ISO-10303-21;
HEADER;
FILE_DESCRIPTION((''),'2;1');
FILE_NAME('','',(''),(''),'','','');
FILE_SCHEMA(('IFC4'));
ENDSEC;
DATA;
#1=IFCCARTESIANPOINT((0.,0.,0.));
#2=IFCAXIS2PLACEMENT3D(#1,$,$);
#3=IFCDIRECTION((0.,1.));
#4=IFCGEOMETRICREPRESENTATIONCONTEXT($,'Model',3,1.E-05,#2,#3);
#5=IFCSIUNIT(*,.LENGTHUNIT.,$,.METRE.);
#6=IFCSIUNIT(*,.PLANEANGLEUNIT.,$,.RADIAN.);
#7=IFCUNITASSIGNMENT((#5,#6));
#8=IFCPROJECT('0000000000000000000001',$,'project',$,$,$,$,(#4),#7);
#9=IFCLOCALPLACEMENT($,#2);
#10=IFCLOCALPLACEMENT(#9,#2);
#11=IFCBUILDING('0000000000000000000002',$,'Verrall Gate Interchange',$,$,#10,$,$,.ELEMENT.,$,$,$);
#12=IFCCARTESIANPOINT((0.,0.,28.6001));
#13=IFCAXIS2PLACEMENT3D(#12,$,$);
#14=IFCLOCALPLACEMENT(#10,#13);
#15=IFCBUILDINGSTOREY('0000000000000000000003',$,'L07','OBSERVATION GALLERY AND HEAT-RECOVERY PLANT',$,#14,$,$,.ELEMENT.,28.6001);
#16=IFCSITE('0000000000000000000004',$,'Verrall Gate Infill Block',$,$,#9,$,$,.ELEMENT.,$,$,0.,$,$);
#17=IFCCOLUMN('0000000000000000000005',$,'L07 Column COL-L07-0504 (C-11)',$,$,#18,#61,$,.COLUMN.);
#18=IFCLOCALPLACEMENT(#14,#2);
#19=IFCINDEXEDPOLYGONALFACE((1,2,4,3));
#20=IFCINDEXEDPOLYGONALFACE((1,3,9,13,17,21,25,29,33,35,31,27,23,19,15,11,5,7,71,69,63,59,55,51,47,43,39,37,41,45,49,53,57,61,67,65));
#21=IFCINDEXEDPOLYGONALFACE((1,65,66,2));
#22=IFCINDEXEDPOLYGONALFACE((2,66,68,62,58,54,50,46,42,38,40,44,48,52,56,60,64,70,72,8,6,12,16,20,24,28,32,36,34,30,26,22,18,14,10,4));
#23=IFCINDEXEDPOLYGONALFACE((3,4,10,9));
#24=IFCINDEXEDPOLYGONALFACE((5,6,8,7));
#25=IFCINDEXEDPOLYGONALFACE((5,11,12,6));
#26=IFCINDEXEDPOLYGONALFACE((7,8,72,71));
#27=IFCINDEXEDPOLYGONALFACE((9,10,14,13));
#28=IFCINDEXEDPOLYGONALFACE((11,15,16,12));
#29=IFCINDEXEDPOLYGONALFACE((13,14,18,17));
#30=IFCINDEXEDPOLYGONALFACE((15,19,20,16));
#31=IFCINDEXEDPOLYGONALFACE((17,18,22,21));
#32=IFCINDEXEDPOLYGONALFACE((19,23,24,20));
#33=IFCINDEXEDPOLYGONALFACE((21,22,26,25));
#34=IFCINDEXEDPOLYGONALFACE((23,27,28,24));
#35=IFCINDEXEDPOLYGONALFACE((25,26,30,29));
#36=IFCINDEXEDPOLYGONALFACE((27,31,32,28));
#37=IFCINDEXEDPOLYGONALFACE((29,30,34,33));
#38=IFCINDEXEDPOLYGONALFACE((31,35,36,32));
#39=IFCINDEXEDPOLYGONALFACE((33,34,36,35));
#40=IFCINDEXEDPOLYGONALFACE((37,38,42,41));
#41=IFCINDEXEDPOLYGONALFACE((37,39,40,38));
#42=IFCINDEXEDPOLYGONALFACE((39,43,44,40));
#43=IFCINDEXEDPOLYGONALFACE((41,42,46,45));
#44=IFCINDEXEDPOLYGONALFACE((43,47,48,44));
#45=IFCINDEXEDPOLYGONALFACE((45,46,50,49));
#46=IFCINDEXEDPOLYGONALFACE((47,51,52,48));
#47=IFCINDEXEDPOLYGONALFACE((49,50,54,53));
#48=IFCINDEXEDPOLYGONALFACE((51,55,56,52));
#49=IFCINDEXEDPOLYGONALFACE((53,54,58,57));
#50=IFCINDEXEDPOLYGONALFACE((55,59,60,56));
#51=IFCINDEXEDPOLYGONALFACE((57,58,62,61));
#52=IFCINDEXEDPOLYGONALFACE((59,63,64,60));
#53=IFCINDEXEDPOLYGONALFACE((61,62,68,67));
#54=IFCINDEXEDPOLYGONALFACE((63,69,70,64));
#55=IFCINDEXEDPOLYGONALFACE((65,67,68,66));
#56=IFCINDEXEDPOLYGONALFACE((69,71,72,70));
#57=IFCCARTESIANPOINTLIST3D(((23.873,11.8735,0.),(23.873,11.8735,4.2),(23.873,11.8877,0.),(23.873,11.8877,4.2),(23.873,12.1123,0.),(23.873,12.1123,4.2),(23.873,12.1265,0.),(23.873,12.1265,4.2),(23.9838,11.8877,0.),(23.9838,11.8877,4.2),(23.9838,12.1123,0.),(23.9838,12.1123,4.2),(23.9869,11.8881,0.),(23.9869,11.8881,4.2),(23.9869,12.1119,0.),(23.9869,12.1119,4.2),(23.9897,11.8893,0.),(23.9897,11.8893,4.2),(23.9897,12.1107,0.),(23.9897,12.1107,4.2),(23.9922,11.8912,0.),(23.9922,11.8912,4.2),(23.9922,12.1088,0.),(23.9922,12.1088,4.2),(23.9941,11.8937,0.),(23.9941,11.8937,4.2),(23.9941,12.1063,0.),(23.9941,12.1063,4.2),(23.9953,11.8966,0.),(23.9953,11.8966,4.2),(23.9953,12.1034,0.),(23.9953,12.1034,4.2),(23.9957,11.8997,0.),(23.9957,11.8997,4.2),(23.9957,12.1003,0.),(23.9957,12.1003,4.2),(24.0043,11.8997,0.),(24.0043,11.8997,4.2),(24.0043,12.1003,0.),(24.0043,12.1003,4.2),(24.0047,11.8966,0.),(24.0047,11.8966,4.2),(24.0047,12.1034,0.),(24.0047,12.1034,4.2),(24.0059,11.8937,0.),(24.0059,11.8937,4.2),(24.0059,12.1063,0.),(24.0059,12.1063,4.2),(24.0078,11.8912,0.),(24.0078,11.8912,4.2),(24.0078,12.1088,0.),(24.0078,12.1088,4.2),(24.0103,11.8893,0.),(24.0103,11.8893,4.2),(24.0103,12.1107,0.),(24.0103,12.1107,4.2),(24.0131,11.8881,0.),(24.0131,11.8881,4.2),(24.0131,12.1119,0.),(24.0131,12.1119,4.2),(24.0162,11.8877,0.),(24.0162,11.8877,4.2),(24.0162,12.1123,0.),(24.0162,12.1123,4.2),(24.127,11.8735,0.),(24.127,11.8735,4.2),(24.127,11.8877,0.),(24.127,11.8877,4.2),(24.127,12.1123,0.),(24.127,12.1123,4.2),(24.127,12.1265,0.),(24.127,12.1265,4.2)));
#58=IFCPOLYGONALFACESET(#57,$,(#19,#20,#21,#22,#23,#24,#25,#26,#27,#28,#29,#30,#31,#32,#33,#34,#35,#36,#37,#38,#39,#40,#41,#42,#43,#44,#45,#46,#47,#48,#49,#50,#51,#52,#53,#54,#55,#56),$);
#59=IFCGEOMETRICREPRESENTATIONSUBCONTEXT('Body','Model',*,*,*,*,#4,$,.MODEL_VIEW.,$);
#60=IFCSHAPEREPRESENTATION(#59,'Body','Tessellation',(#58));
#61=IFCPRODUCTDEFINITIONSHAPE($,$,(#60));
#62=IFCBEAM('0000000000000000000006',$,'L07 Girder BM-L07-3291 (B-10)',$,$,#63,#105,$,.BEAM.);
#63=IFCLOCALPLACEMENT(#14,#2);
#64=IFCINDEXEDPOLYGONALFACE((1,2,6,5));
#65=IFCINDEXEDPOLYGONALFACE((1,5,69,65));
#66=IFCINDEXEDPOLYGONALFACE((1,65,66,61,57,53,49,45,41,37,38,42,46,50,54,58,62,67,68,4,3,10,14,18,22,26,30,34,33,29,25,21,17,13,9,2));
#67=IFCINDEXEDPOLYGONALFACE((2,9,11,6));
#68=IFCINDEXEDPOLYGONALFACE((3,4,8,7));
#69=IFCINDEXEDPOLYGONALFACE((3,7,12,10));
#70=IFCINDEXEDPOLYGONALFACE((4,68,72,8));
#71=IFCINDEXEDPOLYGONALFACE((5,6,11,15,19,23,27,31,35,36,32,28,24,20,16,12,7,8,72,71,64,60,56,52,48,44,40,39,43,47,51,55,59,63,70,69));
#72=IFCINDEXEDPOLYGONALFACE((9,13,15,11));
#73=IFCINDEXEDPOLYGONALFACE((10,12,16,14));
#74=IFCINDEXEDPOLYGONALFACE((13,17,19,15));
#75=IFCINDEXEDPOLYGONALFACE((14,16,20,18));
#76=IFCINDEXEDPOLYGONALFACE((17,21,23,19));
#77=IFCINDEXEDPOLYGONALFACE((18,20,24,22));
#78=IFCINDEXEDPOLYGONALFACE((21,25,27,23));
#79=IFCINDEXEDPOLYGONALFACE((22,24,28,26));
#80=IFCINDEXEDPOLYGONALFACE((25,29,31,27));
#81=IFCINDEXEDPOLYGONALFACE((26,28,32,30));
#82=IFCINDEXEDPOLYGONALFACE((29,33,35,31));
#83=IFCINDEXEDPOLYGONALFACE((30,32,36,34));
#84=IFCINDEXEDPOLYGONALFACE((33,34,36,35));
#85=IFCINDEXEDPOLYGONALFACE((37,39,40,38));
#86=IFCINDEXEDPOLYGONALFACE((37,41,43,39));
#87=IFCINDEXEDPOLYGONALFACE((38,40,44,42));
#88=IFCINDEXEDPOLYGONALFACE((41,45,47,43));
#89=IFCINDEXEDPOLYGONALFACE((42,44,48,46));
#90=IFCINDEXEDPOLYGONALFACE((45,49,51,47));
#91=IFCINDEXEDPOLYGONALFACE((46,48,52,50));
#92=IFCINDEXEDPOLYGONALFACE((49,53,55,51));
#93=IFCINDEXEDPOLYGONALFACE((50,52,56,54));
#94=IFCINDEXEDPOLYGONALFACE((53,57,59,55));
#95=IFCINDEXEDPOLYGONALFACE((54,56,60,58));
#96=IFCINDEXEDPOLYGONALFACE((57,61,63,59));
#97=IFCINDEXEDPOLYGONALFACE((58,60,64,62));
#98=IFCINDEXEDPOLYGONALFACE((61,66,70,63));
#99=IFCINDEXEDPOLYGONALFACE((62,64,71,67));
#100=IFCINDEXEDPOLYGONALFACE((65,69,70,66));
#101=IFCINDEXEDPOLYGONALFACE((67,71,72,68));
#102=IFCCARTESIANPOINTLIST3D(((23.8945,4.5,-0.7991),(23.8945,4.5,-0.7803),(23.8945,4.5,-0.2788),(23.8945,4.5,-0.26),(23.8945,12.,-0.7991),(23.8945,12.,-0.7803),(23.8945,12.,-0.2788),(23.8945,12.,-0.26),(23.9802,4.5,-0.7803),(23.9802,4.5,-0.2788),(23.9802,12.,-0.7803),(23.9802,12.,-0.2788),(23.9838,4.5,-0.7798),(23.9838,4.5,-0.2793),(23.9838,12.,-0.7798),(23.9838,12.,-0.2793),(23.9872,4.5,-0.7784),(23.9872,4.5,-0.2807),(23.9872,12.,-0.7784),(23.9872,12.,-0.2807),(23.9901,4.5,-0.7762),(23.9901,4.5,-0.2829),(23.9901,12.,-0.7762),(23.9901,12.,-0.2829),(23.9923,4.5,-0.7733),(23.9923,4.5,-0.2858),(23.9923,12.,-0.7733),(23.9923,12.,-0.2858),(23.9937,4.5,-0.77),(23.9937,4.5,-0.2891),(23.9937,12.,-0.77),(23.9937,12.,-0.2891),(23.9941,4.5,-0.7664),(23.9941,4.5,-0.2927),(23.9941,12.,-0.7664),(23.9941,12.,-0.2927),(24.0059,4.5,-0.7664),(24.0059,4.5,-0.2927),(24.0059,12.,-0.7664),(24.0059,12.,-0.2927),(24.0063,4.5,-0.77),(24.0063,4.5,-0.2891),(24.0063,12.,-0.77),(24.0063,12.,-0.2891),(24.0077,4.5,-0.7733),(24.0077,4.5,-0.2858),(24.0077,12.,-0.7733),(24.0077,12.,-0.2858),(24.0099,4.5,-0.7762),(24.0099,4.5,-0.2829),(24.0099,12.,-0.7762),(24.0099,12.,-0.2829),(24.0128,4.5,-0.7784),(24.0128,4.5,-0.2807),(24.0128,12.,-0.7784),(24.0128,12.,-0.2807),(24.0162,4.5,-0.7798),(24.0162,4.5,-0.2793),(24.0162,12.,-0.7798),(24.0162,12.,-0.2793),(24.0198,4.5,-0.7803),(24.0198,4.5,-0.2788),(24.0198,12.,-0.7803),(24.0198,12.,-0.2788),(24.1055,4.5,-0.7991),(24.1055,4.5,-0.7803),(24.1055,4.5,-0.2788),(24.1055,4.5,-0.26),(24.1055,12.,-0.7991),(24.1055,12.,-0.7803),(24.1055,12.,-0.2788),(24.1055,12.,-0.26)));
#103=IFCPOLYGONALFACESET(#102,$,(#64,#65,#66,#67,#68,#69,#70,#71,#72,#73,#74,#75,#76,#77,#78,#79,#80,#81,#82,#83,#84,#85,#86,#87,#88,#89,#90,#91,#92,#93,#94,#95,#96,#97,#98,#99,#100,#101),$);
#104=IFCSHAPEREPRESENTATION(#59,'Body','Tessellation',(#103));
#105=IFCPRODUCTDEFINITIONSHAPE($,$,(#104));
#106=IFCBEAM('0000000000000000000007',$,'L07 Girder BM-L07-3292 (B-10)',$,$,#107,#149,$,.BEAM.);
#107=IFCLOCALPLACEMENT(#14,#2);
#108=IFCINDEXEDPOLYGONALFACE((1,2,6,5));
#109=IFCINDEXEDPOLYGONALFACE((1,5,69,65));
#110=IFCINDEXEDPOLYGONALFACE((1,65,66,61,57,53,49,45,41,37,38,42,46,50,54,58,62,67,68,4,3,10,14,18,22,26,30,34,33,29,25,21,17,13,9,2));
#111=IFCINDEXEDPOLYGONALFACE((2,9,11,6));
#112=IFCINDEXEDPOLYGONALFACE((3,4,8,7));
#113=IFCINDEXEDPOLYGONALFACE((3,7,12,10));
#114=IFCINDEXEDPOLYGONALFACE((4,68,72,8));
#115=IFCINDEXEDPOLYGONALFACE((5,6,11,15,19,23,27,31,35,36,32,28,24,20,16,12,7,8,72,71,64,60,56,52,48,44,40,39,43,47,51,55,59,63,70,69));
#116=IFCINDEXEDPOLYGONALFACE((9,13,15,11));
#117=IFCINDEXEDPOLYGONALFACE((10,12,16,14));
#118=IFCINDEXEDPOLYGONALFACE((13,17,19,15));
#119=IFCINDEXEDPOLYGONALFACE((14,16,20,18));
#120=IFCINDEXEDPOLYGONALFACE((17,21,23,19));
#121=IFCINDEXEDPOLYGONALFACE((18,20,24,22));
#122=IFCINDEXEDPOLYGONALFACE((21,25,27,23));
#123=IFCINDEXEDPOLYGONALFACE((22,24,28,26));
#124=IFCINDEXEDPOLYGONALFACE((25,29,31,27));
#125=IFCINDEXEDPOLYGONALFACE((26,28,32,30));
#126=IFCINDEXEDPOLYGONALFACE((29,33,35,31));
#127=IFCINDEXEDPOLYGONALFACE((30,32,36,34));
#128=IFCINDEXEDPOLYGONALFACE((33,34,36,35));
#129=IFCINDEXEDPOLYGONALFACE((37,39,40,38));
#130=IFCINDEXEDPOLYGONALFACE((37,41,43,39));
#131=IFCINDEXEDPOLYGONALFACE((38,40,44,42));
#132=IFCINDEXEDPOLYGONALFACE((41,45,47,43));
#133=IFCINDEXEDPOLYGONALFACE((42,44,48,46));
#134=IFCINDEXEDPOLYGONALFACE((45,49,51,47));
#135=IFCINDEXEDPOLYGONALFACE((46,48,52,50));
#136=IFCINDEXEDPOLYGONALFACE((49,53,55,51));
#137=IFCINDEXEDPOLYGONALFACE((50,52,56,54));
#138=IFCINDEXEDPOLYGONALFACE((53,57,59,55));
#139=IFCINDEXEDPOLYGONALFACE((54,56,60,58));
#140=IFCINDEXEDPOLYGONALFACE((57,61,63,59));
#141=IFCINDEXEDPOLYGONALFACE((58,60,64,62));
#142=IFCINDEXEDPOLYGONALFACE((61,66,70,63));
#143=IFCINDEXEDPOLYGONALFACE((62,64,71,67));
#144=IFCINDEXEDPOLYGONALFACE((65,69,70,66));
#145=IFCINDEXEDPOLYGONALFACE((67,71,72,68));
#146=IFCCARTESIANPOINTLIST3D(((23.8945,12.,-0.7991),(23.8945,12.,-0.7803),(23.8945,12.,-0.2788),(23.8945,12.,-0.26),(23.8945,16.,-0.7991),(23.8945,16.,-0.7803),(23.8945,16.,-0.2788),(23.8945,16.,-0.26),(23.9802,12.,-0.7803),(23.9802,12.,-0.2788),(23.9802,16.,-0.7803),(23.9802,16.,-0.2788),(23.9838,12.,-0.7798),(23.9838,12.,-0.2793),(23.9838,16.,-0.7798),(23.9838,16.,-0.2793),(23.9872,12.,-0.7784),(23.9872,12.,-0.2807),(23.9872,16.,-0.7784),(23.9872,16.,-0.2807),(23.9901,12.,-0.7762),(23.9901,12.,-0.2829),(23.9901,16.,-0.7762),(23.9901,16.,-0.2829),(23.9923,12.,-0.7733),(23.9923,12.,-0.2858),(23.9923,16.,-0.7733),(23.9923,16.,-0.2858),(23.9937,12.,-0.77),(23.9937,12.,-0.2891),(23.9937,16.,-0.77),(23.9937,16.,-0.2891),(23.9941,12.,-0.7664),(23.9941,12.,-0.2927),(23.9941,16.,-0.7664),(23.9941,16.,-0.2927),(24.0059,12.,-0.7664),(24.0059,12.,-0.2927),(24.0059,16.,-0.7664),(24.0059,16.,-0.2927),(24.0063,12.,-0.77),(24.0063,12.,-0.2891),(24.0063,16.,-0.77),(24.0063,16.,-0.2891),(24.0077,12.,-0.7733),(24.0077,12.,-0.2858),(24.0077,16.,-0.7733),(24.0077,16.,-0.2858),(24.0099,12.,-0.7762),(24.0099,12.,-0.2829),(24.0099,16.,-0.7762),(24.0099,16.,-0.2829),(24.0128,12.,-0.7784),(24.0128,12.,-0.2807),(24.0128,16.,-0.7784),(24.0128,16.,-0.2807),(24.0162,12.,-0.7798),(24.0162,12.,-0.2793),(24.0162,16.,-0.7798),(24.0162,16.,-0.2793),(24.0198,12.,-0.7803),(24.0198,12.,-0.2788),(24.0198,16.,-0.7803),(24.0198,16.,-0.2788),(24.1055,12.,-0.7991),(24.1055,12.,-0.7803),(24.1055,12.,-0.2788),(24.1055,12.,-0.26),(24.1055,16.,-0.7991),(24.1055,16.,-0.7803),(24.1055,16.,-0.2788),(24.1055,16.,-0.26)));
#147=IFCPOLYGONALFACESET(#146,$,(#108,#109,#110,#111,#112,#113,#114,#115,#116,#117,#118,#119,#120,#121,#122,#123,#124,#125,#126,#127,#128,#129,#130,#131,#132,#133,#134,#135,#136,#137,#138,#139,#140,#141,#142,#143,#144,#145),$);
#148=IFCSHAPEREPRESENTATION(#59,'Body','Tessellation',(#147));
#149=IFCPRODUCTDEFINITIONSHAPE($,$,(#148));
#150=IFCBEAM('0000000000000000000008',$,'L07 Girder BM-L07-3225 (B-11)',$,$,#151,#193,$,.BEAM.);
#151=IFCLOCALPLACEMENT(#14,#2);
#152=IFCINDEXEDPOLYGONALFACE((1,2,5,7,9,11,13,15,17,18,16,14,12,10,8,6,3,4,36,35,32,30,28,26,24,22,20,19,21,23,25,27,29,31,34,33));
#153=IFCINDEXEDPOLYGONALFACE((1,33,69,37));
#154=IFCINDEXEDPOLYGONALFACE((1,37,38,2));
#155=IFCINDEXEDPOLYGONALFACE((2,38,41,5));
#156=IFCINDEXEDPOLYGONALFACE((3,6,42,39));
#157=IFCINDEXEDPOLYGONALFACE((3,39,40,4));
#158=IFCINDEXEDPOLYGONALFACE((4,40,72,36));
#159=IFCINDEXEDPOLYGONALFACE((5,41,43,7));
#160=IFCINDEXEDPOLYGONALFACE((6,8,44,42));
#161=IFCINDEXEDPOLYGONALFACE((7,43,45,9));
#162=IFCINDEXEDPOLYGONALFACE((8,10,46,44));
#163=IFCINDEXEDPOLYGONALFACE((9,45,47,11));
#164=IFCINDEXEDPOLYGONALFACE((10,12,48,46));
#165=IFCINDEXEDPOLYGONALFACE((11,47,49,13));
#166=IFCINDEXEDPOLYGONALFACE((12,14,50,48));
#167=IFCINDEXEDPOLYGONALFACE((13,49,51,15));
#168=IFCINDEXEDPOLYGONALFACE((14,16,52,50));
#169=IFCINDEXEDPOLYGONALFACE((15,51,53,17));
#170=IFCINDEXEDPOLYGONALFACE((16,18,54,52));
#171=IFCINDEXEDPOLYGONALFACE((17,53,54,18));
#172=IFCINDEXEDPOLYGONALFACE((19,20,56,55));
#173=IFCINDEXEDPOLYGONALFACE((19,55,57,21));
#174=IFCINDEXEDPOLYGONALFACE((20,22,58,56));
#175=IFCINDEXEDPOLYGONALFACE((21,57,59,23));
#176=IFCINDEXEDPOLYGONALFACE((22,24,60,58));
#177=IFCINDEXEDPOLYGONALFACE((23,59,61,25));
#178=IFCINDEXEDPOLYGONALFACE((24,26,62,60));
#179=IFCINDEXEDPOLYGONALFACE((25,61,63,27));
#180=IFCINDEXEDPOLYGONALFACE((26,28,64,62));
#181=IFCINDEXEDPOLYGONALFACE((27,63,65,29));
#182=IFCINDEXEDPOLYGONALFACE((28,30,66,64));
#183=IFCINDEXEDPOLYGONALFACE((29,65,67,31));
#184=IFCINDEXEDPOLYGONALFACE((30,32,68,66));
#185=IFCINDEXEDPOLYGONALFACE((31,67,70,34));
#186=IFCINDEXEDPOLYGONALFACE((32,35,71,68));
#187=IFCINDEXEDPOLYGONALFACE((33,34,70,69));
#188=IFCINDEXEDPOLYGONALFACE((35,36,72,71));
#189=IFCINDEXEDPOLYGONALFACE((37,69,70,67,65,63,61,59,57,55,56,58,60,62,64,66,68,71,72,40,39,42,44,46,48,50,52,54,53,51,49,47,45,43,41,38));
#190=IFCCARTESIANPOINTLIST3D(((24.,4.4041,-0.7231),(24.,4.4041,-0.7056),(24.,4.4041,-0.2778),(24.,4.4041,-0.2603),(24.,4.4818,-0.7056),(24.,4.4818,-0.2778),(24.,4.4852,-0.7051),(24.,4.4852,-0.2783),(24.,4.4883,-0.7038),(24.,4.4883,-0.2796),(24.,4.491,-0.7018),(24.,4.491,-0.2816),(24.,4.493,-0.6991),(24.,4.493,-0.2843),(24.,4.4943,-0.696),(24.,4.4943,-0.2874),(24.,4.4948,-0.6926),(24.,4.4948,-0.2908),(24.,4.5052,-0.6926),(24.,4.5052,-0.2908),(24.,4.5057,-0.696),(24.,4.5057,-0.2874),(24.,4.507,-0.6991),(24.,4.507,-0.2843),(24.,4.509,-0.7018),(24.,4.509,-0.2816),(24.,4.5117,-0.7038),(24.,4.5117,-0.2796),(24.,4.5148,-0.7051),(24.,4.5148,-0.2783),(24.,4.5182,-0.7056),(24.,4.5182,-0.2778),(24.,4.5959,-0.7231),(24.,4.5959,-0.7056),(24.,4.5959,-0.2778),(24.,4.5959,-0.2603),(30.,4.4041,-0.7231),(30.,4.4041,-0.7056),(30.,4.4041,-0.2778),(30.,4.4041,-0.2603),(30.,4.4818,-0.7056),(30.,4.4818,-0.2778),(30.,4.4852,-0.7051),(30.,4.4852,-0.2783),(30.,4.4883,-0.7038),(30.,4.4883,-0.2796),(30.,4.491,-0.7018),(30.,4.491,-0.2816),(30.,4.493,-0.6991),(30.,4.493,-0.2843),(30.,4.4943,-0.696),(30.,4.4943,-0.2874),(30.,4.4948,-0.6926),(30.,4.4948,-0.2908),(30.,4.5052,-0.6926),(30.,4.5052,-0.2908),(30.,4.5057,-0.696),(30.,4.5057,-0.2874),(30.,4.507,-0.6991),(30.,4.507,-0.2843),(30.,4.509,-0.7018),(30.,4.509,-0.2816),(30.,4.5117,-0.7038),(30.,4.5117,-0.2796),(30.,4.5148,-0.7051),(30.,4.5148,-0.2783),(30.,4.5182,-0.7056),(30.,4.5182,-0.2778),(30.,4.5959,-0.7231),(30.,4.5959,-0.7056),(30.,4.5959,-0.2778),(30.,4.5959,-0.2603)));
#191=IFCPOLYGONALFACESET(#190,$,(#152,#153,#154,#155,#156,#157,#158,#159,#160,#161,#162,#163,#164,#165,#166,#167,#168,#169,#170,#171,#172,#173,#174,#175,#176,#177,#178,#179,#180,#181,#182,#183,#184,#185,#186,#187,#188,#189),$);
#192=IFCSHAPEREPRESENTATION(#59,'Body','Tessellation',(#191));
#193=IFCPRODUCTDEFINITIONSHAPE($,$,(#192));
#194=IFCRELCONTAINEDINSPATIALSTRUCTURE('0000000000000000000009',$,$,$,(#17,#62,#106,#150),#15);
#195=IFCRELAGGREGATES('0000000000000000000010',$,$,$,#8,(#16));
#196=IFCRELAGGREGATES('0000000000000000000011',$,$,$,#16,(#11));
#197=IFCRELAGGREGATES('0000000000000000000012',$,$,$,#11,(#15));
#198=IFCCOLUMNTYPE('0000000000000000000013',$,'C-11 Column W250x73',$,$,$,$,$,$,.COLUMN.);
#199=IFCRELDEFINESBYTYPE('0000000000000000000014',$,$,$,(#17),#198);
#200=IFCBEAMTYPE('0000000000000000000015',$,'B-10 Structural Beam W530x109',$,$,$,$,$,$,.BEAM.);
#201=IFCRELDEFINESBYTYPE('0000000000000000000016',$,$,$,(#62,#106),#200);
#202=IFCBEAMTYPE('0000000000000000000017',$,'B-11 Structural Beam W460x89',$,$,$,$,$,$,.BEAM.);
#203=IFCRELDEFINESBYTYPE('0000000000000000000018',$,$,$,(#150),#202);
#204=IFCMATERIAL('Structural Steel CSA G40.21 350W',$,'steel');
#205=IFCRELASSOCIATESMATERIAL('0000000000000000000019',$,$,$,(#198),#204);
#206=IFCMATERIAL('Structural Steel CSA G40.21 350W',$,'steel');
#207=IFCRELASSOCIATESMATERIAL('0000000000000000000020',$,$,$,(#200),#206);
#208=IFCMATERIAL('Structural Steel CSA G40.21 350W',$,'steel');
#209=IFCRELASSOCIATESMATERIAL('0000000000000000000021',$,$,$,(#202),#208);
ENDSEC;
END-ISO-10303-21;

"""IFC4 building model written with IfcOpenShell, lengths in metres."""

from ifc_helpers import new_model, si_unit, direction, frame, origin, origin_2d, place, context, subcontext, project, spatial, i_section, extrude, material, material_profile, profile_set, type_object, element, save


model = new_model("IFC4")

# Units and contexts
model_context = context("Model", 3, precision=1e-05, world=origin(), true_north=direction((0.0, 1.0)))
body_context = subcontext(model_context, "Body", "Model", "MODEL_VIEW")
ifc_project = project(units=[si_unit("LENGTHUNIT", "METRE"), si_unit("PLANEANGLEUNIT", "RADIAN")], contexts=[model_context])

# Site, building, storey
site_placement = place(None, origin())
site = spatial("IfcSite", under=ifc_project, at=site_placement, Name="Verrall Gate Infill Block", CompositionType="ELEMENT", RefElevation=0.0)
building_placement = place(site_placement, origin())
building = spatial("IfcBuilding", under=site, at=building_placement, Name="Verrall Gate Interchange", CompositionType="ELEMENT")
storey_placement = place(building_placement, frame((0.0, 0.0, 28.6001)))
storey = spatial("IfcBuildingStorey", under=building, at=storey_placement, Name="L07", Description="OBSERVATION GALLERY AND HEAT-RECOVERY PLANT", CompositionType="ELEMENT", Elevation=28.6001)

# Column
ifc_material_1 = material(Name="Structural Steel CSA G40.21 350W", Category="steel")
ifc_material_profile_1 = material_profile(ifc_material_1, i_section(OverallWidth=0.2539, OverallDepth=0.2529, WebThickness=0.0085, FlangeThickness=0.0142, FilletRadius=0.012, at=origin_2d()), Name="W250x73")
ifc_profile_set_1 = profile_set([ifc_material_profile_1], Name="Structural Steel CSA G40.21 350W")
column_type = type_object("IfcColumnType", Name="C-11 Column W250x73", PredefinedType="COLUMN", material=ifc_profile_set_1)
column_placement = place(storey_placement, frame((24.0, 12.0, 0.0), z_axis=(0.0, 0.0, 1.0), x_axis=(1.0, 0.0, 0.0)))
element("IfcColumn", 1, at=column_placement, inside=storey, type_object=column_type, Name="L07 Column COL-L07-0504 (C-11)", PredefinedType="COLUMN", context=body_context, shape_type="SweptSolid", body=[
    extrude(i_section(OverallWidth=0.2539, OverallDepth=0.2529, WebThickness=0.0085, FlangeThickness=0.0142, FilletRadius=0.012, at=origin_2d()), origin(), (0.0, 0.0, 1.0), 4.2),
])

# Beams
ifc_material_2 = material(Name="Structural Steel CSA G40.21 350W", Category="steel")
ifc_material_profile_2 = material_profile(ifc_material_2, i_section(OverallWidth=0.2109, OverallDepth=0.5391, WebThickness=0.0117, FlangeThickness=0.0188, FilletRadius=0.0139, at=origin_2d()), Name="W530x109")
ifc_profile_set_2 = profile_set([ifc_material_profile_2], Name="Structural Steel CSA G40.21 350W")
beam_type_1 = type_object("IfcBeamType", Name="B-10 Structural Beam W530x109", PredefinedType="BEAM", material=ifc_profile_set_2)
beam_1_placement = place(storey_placement, frame((24.0, 4.5, -0.5295), z_axis=(0.0, 1.0, 0.0), x_axis=(-1.0, 0.0, 0.0)))
element("IfcBeam", 2, at=beam_1_placement, inside=storey, type_object=beam_type_1, Name="L07 Girder BM-L07-3291 (B-10)", PredefinedType="BEAM", context=body_context, shape_type="SweptSolid", body=[
    extrude(i_section(OverallWidth=0.2109, OverallDepth=0.5391, WebThickness=0.0117, FlangeThickness=0.0188, FilletRadius=0.0139, at=origin_2d()), origin(), (0.0, 0.0, 1.0), 7.5),
])
beam_2_placement = place(storey_placement, frame((24.0, 12.0, -0.5295), z_axis=(0.0, 1.0, 0.0), x_axis=(-1.0, 0.0, 0.0)))
element("IfcBeam", 3, at=beam_2_placement, inside=storey, type_object=beam_type_1, Name="L07 Girder BM-L07-3292 (B-10)", PredefinedType="BEAM", context=body_context, shape_type="SweptSolid", body=[
    extrude(i_section(OverallWidth=0.2109, OverallDepth=0.5391, WebThickness=0.0117, FlangeThickness=0.0188, FilletRadius=0.0139, at=origin_2d()), origin(), (0.0, 0.0, 1.0), 4.0),
])
ifc_material_3 = material(Name="Structural Steel CSA G40.21 350W", Category="steel")
ifc_material_profile_3 = material_profile(ifc_material_3, i_section(OverallWidth=0.1919, OverallDepth=0.4629, WebThickness=0.0105, FlangeThickness=0.0176, FilletRadius=0.0129, at=origin_2d()), Name="W460x89")
ifc_profile_set_3 = profile_set([ifc_material_profile_3], Name="Structural Steel CSA G40.21 350W")
beam_type_2 = type_object("IfcBeamType", Name="B-11 Structural Beam W460x89", PredefinedType="BEAM", material=ifc_profile_set_3)
beam_3_placement = place(storey_placement, frame((24.0, 4.5, -0.4917), z_axis=(1.0, 0.0, 0.0), x_axis=(0.0, 1.0, 0.0)))
element("IfcBeam", 4, at=beam_3_placement, inside=storey, type_object=beam_type_2, Name="L07 Girder BM-L07-3225 (B-11)", PredefinedType="BEAM", context=body_context, shape_type="SweptSolid", body=[
    extrude(i_section(OverallWidth=0.1919, OverallDepth=0.4629, WebThickness=0.0105, FlangeThickness=0.0176, FilletRadius=0.0129, at=origin_2d()), origin(), (0.0, 0.0, 1.0), 6.0),
])

save(model, "model.ifc")
